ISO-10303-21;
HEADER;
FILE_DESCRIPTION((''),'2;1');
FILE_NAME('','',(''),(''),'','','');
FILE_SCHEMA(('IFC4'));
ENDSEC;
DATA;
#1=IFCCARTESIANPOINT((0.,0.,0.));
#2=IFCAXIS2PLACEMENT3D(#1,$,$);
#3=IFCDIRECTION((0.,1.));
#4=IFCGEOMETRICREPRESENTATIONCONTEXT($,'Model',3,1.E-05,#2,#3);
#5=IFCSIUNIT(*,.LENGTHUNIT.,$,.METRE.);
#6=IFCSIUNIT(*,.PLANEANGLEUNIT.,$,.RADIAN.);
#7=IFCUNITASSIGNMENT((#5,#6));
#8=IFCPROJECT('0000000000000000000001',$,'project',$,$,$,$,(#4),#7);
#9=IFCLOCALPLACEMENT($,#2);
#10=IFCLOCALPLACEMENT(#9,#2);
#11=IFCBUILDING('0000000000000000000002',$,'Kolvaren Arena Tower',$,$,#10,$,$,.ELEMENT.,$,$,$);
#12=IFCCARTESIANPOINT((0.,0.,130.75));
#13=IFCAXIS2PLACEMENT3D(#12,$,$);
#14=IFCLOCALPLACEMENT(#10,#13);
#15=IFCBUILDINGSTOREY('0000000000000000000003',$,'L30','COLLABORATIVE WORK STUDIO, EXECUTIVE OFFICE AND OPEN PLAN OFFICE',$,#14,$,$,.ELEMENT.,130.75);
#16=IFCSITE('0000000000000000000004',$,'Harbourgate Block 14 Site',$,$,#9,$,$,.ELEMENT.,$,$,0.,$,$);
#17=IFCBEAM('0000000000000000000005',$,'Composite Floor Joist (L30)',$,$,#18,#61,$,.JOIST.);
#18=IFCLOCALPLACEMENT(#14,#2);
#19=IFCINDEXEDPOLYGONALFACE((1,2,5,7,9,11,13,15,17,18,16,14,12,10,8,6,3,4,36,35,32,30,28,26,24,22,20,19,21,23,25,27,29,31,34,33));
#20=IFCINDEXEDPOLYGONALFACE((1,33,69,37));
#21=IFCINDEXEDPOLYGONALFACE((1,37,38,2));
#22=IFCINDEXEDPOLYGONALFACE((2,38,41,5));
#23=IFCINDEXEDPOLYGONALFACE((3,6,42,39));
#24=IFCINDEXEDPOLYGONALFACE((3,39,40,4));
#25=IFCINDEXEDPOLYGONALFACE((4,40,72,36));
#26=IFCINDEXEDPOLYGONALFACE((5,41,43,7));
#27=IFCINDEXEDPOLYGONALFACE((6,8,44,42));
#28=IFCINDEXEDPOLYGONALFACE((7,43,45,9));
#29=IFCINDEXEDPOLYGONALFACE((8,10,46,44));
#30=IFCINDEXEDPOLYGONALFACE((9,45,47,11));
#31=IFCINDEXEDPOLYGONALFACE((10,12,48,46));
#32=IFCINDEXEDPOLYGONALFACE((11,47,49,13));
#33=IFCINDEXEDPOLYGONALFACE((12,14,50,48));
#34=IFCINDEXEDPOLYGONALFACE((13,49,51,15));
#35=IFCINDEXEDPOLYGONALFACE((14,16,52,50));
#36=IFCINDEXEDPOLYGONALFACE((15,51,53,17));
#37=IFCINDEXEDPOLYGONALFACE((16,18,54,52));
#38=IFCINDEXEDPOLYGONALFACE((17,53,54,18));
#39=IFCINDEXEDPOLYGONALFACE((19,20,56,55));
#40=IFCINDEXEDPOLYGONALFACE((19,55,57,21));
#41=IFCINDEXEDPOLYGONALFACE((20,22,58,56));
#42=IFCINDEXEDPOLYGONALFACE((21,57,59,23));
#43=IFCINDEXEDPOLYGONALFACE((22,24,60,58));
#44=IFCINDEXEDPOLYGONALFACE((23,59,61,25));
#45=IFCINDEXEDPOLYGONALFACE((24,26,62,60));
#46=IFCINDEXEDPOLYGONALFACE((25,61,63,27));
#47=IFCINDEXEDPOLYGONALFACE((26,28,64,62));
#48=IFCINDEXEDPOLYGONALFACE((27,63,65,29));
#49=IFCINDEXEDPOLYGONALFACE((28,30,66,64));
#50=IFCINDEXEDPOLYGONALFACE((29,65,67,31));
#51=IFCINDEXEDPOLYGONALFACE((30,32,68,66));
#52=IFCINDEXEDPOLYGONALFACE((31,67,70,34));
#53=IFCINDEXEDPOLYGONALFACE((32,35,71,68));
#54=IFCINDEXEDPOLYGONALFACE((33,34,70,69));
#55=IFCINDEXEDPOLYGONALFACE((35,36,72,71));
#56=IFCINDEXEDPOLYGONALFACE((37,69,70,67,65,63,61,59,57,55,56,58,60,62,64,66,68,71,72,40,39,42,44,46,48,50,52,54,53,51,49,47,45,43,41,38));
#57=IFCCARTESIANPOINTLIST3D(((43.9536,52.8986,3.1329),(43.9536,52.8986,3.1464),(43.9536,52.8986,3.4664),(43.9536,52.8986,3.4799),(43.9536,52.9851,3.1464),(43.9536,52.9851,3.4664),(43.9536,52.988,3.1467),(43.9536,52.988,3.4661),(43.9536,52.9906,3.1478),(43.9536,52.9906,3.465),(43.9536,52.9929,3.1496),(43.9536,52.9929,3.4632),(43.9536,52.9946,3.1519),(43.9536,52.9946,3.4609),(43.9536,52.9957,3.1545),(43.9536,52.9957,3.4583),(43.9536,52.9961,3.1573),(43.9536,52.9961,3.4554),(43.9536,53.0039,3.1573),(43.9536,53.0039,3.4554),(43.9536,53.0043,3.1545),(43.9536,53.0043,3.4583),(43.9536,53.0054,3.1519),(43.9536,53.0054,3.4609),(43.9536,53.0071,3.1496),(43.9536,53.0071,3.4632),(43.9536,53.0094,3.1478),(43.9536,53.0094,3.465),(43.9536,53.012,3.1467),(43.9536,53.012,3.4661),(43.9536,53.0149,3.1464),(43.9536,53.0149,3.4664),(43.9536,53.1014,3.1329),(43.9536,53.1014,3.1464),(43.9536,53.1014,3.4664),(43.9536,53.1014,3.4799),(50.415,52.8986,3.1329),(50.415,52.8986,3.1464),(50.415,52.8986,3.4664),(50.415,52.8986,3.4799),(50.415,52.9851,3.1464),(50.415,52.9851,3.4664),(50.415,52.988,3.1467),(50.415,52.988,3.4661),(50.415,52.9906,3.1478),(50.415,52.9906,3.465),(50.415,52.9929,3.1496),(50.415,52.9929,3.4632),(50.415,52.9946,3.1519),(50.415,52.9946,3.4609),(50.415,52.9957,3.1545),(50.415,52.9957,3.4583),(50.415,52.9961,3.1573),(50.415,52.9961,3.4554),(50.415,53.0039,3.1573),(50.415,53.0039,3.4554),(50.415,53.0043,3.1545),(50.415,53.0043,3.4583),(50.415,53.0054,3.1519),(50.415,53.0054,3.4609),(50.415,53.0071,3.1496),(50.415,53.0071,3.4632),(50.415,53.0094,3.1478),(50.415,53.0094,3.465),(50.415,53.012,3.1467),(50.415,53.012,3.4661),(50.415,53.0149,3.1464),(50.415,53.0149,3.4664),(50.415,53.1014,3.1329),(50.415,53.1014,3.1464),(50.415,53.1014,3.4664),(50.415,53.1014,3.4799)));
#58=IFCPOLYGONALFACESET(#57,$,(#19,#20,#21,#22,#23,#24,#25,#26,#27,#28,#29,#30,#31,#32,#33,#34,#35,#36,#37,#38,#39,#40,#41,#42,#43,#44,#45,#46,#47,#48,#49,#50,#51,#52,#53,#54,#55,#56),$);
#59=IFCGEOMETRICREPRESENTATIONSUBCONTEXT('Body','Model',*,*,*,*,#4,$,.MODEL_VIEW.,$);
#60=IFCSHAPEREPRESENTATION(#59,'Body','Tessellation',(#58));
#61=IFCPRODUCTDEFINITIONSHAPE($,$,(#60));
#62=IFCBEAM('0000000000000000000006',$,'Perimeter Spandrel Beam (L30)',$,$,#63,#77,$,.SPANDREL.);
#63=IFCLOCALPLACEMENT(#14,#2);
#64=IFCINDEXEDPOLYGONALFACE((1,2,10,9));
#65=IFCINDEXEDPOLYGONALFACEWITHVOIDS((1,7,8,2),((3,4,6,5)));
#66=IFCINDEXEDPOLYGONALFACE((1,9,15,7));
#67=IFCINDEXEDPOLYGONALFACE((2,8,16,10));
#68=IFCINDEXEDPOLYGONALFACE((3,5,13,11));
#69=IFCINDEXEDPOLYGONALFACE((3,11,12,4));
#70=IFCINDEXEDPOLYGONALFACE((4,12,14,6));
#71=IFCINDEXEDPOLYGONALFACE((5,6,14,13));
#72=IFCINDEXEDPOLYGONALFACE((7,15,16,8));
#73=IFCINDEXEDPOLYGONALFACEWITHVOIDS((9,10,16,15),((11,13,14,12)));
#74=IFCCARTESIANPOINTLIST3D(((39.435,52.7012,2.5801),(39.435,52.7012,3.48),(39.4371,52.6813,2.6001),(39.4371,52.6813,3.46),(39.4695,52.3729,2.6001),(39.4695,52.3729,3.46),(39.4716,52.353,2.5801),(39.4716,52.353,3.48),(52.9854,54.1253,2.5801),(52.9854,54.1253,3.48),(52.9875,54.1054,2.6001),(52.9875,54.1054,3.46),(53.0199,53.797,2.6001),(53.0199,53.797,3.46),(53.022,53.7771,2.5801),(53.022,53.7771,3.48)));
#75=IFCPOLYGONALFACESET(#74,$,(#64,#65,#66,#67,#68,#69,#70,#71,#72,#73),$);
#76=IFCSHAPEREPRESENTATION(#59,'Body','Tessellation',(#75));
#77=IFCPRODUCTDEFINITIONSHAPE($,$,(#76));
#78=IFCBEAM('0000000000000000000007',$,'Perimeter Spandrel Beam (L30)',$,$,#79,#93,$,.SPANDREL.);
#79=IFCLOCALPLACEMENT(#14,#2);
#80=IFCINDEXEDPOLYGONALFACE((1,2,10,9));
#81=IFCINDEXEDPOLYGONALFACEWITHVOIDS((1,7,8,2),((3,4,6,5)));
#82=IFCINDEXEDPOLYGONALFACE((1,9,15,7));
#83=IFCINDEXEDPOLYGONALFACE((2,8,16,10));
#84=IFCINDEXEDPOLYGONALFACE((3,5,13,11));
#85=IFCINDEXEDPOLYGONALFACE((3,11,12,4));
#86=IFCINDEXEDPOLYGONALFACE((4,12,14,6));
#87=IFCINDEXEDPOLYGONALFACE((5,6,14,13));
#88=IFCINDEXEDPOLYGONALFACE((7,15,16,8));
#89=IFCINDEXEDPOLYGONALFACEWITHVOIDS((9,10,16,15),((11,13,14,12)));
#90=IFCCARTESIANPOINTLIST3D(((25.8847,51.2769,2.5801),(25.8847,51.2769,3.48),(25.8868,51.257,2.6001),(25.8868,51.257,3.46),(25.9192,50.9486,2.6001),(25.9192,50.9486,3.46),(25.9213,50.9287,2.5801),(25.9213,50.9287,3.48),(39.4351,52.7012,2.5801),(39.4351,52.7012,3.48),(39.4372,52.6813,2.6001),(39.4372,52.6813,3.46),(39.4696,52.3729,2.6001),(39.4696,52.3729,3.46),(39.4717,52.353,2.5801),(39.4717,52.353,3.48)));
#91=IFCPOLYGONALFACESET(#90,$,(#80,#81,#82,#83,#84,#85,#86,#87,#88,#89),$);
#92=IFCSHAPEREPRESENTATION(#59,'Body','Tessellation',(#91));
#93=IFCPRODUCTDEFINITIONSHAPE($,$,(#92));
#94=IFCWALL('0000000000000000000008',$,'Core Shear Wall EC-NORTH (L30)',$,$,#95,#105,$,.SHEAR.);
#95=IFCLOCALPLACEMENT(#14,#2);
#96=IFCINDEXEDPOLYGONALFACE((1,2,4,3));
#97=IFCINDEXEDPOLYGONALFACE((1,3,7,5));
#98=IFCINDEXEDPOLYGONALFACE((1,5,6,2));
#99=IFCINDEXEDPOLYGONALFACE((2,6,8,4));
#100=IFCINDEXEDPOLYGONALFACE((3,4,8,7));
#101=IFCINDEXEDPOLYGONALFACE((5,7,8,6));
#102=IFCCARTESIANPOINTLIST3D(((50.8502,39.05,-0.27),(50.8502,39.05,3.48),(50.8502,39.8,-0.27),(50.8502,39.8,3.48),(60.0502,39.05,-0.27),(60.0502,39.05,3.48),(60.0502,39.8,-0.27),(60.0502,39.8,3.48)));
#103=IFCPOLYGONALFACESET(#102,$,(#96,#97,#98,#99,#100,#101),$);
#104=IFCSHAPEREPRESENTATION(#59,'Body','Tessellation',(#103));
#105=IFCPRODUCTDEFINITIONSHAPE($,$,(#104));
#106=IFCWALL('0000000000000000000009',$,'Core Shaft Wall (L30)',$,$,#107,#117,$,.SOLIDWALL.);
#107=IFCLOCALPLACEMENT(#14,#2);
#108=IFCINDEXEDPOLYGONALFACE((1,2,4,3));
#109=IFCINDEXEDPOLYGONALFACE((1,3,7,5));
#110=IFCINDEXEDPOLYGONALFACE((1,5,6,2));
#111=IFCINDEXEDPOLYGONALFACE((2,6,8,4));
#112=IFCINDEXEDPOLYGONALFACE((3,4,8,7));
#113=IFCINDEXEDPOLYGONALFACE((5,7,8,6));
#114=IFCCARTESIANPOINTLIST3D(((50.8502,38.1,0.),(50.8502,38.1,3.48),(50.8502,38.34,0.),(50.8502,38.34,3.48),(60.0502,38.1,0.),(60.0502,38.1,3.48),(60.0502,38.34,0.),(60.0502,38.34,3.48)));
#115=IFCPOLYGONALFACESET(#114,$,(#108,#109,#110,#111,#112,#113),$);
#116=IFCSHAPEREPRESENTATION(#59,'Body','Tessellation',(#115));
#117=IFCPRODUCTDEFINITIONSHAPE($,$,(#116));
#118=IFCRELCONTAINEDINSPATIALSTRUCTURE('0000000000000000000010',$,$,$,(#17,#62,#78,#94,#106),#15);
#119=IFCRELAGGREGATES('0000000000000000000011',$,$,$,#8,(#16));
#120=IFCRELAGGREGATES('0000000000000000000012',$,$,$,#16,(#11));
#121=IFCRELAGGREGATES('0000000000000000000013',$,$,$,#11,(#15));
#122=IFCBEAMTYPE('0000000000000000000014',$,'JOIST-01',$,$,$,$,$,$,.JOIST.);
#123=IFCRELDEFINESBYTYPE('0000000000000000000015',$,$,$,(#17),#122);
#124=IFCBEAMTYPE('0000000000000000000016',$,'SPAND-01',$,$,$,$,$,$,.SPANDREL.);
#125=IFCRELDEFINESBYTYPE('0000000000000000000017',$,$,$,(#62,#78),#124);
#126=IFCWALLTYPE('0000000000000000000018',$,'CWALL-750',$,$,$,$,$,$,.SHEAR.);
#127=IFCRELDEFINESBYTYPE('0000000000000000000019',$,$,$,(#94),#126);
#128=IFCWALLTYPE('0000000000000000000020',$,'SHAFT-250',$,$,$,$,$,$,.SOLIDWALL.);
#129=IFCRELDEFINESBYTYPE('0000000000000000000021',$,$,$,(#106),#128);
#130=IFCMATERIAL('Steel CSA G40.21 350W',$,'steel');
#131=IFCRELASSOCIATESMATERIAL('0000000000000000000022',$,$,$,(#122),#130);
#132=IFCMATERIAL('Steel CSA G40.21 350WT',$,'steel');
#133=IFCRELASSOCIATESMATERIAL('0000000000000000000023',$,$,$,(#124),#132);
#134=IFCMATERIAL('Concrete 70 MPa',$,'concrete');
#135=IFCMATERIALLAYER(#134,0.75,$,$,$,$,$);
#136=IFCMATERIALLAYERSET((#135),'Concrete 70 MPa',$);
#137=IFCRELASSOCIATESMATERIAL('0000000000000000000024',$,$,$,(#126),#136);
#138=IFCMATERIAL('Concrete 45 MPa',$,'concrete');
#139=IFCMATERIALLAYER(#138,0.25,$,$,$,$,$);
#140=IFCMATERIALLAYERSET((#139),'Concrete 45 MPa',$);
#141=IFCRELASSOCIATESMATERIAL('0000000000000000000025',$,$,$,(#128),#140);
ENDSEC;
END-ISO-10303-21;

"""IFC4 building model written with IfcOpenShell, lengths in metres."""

from ifc_helpers import new_model, si_unit, direction, frame, frame_2d, origin, origin_2d, place, context, subcontext, project, spatial, rectangle, hollow_rectangle, i_section, extrude, material, layer, layer_set, material_profile, profile_set, type_object, element, save


model = new_model("IFC4")

# Units and contexts
model_context = context("Model", 3, precision=1e-05, world=origin(), true_north=direction((0.0, 1.0)))
body_context = subcontext(model_context, "Body", "Model", "MODEL_VIEW")
ifc_project = project(units=[si_unit("LENGTHUNIT", "METRE"), si_unit("PLANEANGLEUNIT", "RADIAN")], contexts=[model_context])

# Site, building, storey
site_placement = place(None, origin())
site = spatial("IfcSite", under=ifc_project, at=site_placement, Name="Harbourgate Block 14 Site", CompositionType="ELEMENT", RefElevation=0.0)
building_placement = place(site_placement, origin())
building = spatial("IfcBuilding", under=site, at=building_placement, Name="Kolvaren Arena Tower", CompositionType="ELEMENT")
storey_placement = place(building_placement, frame((0.0, 0.0, 130.75)))
storey = spatial("IfcBuildingStorey", under=building, at=storey_placement, Name="L30", Description="COLLABORATIVE WORK STUDIO, EXECUTIVE OFFICE AND OPEN PLAN OFFICE", CompositionType="ELEMENT", Elevation=130.75)

# Beams
ifc_material_1 = material(Name="Steel CSA G40.21 350W", Category="steel")
ifc_material_profile_1 = material_profile(ifc_material_1, i_section(OverallWidth=0.2029, OverallDepth=0.3469, WebThickness=0.0078, FlangeThickness=0.0134, FilletRadius=0.011, at=origin_2d()), Name="W360x64")
ifc_profile_set_1 = profile_set([ifc_material_profile_1], Name="Steel CSA G40.21 350W")
beam_type_1 = type_object("IfcBeamType", Name="JOIST-01", PredefinedType="JOIST", material=ifc_profile_set_1)
beam_1_placement = place(storey_placement, frame((43.9536, 53.0, 3.3064), z_axis=(1.0, 0.0, 0.0), x_axis=(0.0, 1.0, 0.0)))
element("IfcBeam", 1, at=beam_1_placement, inside=storey, type_object=beam_type_1, Name="Composite Floor Joist (L30)", PredefinedType="JOIST", context=body_context, shape_type="SweptSolid", body=[
    extrude(i_section(OverallWidth=0.2029, OverallDepth=0.3469, WebThickness=0.0078, FlangeThickness=0.0134, FilletRadius=0.011, at=origin_2d()), origin(), (0.0, 0.0, 1.0), 6.4614),
])
ifc_material_2 = material(Name="Steel CSA G40.21 350WT", Category="steel")
ifc_material_profile_2 = material_profile(ifc_material_2, hollow_rectangle(XDim=0.3501, YDim=0.8999, WallThickness=0.02, at=origin_2d()), Name="HSS 900x350x20")
ifc_profile_set_2 = profile_set([ifc_material_profile_2], Name="Steel CSA G40.21 350WT")
beam_type_2 = type_object("IfcBeamType", Name="SPAND-01", PredefinedType="SPANDREL", material=ifc_profile_set_2)
for number, where, z_axis, x_axis, name in (
    (2, (53.0037, 53.9512, 3.03), (-0.994523, -0.10452, 0.0), (0.10452, -0.994523, 0.0), "Perimeter Spandrel Beam (L30)"),
    (3, (39.4534, 52.5271, 3.03), (-0.994521, -0.104537, 0.0), (0.104537, -0.994521, 0.0), "Perimeter Spandrel Beam (L30)"),
):
    element("IfcBeam", number, at=place(storey_placement, frame(where, z_axis=z_axis, x_axis=x_axis)), inside=storey, type_object=beam_type_2, Name=name, PredefinedType="SPANDREL", context=body_context, shape_type="SweptSolid", body=[
        extrude(hollow_rectangle(XDim=0.3501, YDim=0.8999, WallThickness=0.02, at=origin_2d()), origin(), (0.0, 0.0, 1.0), 13.625),
    ])

# Walls
ifc_material_3 = material(Name="Concrete 70 MPa", Category="concrete")
ifc_layer_1 = layer(ifc_material_3, 0.75)
ifc_layer_set_1 = layer_set([ifc_layer_1], Name="Concrete 70 MPa")
wall_type_1 = type_object("IfcWallType", Name="CWALL-750", PredefinedType="SHEAR", material=ifc_layer_set_1)
wall_1_placement = place(storey_placement, frame((50.8501, 39.425, -0.27), z_axis=(0.0, 0.0, 1.0), x_axis=(1.0, 0.0, 0.0)))
element("IfcWall", 4, at=wall_1_placement, inside=storey, type_object=wall_type_1, Name="Core Shear Wall EC-NORTH (L30)", PredefinedType="SHEAR", context=body_context, shape_type="SweptSolid", body=[
    extrude(rectangle(XDim=9.2, YDim=0.75, at=frame_2d((4.6001, 0.0))), origin(), (0.0, 0.0, 1.0), 3.75),
])
ifc_material_4 = material(Name="Concrete 45 MPa", Category="concrete")
ifc_layer_2 = layer(ifc_material_4, 0.25)
ifc_layer_set_2 = layer_set([ifc_layer_2], Name="Concrete 45 MPa")
wall_type_2 = type_object("IfcWallType", Name="SHAFT-250", PredefinedType="SOLIDWALL", material=ifc_layer_set_2)
wall_2_placement = place(storey_placement, frame((50.8501, 38.22, 0.0), z_axis=(0.0, 0.0, 1.0), x_axis=(1.0, 0.0, 0.0)))
element("IfcWall", 5, at=wall_2_placement, inside=storey, type_object=wall_type_2, Name="Core Shaft Wall (L30)", PredefinedType="SOLIDWALL", context=body_context, shape_type="SweptSolid", body=[
    extrude(rectangle(XDim=9.2, YDim=0.24, at=frame_2d((4.6001, 0.0))), origin(), (0.0, 0.0, 1.0), 3.48),
])

save(model, "model.ifc")
